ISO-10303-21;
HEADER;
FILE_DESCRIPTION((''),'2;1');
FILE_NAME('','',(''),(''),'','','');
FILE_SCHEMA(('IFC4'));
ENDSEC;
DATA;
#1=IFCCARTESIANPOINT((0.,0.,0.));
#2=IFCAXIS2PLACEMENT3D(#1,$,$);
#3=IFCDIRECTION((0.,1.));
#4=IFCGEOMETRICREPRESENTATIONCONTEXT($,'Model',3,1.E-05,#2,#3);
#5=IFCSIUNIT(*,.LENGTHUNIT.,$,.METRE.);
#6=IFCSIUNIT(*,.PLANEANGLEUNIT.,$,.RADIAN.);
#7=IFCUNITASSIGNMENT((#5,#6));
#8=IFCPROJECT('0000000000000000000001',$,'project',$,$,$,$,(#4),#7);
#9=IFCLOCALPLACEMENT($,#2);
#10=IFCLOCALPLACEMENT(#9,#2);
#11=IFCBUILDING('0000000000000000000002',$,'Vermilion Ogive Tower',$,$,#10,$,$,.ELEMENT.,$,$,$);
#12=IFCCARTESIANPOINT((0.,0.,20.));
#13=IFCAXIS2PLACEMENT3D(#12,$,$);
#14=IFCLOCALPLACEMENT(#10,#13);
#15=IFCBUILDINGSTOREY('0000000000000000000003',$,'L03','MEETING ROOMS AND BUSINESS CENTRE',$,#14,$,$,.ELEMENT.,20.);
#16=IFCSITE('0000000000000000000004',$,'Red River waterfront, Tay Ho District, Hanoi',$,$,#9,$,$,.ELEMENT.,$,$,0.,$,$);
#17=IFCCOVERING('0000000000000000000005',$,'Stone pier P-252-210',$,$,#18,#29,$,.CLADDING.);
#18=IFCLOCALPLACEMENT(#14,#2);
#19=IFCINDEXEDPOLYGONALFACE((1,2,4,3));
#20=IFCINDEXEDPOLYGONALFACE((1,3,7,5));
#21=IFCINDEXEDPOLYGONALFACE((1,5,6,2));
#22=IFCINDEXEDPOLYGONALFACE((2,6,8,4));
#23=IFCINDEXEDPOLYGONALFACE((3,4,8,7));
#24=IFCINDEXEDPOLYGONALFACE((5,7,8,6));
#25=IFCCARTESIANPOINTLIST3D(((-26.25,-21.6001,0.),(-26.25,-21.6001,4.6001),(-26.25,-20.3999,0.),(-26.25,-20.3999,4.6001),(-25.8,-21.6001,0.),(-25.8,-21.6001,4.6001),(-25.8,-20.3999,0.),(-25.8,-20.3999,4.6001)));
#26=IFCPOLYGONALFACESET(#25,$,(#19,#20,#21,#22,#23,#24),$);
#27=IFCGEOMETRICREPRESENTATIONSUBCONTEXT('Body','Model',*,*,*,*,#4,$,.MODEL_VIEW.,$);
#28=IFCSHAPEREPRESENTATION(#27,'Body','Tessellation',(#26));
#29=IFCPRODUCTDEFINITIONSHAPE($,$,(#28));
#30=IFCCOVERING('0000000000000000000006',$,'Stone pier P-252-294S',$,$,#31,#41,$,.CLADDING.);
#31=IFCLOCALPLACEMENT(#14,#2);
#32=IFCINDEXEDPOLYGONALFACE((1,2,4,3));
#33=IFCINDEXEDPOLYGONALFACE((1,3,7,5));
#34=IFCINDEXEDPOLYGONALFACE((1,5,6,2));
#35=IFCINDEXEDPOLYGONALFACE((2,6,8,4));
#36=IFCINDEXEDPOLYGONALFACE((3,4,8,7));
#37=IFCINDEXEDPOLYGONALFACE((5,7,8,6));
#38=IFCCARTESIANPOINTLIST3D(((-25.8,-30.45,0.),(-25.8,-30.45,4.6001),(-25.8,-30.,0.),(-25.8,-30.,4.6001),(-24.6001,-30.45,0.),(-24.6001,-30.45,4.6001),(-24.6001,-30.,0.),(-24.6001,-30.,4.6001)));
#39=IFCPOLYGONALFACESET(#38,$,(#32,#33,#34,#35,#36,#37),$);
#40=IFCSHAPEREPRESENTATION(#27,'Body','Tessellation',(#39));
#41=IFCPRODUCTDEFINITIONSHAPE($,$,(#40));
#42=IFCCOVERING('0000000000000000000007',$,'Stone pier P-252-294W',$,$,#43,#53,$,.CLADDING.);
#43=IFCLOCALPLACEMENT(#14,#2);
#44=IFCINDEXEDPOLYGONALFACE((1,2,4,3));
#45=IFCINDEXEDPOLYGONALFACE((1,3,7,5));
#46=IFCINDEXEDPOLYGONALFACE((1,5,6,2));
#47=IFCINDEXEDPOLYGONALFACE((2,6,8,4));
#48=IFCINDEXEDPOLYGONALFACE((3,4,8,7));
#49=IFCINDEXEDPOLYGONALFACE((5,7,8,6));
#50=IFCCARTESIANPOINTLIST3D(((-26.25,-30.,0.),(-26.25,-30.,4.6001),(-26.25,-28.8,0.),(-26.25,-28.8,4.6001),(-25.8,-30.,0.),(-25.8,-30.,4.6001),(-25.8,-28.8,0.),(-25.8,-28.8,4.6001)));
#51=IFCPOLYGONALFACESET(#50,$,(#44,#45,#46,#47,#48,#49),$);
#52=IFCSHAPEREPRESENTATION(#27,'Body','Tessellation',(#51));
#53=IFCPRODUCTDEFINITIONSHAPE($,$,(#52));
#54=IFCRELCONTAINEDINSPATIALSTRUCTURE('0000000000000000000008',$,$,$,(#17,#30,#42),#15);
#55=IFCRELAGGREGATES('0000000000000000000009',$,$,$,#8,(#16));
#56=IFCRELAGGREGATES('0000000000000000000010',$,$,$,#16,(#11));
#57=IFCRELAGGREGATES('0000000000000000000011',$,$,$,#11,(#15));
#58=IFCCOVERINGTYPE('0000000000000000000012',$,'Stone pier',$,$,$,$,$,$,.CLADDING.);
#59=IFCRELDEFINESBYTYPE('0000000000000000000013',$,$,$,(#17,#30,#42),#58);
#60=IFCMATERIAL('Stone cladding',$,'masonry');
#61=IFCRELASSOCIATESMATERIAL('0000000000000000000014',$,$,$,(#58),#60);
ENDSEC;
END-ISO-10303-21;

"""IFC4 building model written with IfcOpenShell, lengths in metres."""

from ifc_helpers import new_model, si_unit, direction, frame, origin, place, context, subcontext, project, spatial, polyline, outline, extrude, material, type_object, element, save


model = new_model("IFC4")

# Units and contexts
model_context = context("Model", 3, precision=1e-05, world=origin(), true_north=direction((0.0, 1.0)))
body_context = subcontext(model_context, "Body", "Model", "MODEL_VIEW")
ifc_project = project(units=[si_unit("LENGTHUNIT", "METRE"), si_unit("PLANEANGLEUNIT", "RADIAN")], contexts=[model_context])

# Site, building, storey
site_placement = place(None, origin())
site = spatial("IfcSite", under=ifc_project, at=site_placement, Name="Red River waterfront, Tay Ho District, Hanoi", CompositionType="ELEMENT", RefElevation=0.0)
building_placement = place(site_placement, origin())
building = spatial("IfcBuilding", under=site, at=building_placement, Name="Vermilion Ogive Tower", CompositionType="ELEMENT")
storey_placement = place(building_placement, frame((0.0, 0.0, 20.0)))
storey = spatial("IfcBuildingStorey", under=building, at=storey_placement, Name="L03", Description="MEETING ROOMS AND BUSINESS CENTRE", CompositionType="ELEMENT", Elevation=20.0)

# Coverings
ifc_material_1 = material(Name="Stone cladding", Category="masonry")
covering_type = type_object("IfcCoveringType", Name="Stone pier", PredefinedType="CLADDING", material=ifc_material_1)
covering_1_placement = place(storey_placement, origin())
element("IfcCovering", 1, at=covering_1_placement, inside=storey, type_object=covering_type, Name="Stone pier P-252-210", PredefinedType="CLADDING", context=body_context, shape_type="SweptSolid", body=[
    extrude(outline(polyline([(-26.25, -21.6001), (-26.25, -20.3999), (-25.8, -20.3999), (-25.8, -21.6001), (-26.25, -21.6001)])), origin(), (0.0, 0.0, 1.0), 4.6001),
])
covering_2_placement = place(storey_placement, origin())
element("IfcCovering", 2, at=covering_2_placement, inside=storey, type_object=covering_type, Name="Stone pier P-252-294S", PredefinedType="CLADDING", context=body_context, shape_type="SweptSolid", body=[
    extrude(outline(polyline([(-24.6001, -30.45), (-25.8, -30.45), (-25.8, -30.0), (-24.6001, -30.0), (-24.6001, -30.45)])), origin(), (0.0, 0.0, 1.0), 4.6001),
])
covering_3_placement = place(storey_placement, origin())
element("IfcCovering", 3, at=covering_3_placement, inside=storey, type_object=covering_type, Name="Stone pier P-252-294W", PredefinedType="CLADDING", context=body_context, shape_type="SweptSolid", body=[
    extrude(outline(polyline([(-26.25, -28.8), (-25.8, -28.8), (-25.8, -30.0), (-26.25, -30.0), (-26.25, -28.8)])), origin(), (0.0, 0.0, 1.0), 4.6001),
])

save(model, "model.ifc")
